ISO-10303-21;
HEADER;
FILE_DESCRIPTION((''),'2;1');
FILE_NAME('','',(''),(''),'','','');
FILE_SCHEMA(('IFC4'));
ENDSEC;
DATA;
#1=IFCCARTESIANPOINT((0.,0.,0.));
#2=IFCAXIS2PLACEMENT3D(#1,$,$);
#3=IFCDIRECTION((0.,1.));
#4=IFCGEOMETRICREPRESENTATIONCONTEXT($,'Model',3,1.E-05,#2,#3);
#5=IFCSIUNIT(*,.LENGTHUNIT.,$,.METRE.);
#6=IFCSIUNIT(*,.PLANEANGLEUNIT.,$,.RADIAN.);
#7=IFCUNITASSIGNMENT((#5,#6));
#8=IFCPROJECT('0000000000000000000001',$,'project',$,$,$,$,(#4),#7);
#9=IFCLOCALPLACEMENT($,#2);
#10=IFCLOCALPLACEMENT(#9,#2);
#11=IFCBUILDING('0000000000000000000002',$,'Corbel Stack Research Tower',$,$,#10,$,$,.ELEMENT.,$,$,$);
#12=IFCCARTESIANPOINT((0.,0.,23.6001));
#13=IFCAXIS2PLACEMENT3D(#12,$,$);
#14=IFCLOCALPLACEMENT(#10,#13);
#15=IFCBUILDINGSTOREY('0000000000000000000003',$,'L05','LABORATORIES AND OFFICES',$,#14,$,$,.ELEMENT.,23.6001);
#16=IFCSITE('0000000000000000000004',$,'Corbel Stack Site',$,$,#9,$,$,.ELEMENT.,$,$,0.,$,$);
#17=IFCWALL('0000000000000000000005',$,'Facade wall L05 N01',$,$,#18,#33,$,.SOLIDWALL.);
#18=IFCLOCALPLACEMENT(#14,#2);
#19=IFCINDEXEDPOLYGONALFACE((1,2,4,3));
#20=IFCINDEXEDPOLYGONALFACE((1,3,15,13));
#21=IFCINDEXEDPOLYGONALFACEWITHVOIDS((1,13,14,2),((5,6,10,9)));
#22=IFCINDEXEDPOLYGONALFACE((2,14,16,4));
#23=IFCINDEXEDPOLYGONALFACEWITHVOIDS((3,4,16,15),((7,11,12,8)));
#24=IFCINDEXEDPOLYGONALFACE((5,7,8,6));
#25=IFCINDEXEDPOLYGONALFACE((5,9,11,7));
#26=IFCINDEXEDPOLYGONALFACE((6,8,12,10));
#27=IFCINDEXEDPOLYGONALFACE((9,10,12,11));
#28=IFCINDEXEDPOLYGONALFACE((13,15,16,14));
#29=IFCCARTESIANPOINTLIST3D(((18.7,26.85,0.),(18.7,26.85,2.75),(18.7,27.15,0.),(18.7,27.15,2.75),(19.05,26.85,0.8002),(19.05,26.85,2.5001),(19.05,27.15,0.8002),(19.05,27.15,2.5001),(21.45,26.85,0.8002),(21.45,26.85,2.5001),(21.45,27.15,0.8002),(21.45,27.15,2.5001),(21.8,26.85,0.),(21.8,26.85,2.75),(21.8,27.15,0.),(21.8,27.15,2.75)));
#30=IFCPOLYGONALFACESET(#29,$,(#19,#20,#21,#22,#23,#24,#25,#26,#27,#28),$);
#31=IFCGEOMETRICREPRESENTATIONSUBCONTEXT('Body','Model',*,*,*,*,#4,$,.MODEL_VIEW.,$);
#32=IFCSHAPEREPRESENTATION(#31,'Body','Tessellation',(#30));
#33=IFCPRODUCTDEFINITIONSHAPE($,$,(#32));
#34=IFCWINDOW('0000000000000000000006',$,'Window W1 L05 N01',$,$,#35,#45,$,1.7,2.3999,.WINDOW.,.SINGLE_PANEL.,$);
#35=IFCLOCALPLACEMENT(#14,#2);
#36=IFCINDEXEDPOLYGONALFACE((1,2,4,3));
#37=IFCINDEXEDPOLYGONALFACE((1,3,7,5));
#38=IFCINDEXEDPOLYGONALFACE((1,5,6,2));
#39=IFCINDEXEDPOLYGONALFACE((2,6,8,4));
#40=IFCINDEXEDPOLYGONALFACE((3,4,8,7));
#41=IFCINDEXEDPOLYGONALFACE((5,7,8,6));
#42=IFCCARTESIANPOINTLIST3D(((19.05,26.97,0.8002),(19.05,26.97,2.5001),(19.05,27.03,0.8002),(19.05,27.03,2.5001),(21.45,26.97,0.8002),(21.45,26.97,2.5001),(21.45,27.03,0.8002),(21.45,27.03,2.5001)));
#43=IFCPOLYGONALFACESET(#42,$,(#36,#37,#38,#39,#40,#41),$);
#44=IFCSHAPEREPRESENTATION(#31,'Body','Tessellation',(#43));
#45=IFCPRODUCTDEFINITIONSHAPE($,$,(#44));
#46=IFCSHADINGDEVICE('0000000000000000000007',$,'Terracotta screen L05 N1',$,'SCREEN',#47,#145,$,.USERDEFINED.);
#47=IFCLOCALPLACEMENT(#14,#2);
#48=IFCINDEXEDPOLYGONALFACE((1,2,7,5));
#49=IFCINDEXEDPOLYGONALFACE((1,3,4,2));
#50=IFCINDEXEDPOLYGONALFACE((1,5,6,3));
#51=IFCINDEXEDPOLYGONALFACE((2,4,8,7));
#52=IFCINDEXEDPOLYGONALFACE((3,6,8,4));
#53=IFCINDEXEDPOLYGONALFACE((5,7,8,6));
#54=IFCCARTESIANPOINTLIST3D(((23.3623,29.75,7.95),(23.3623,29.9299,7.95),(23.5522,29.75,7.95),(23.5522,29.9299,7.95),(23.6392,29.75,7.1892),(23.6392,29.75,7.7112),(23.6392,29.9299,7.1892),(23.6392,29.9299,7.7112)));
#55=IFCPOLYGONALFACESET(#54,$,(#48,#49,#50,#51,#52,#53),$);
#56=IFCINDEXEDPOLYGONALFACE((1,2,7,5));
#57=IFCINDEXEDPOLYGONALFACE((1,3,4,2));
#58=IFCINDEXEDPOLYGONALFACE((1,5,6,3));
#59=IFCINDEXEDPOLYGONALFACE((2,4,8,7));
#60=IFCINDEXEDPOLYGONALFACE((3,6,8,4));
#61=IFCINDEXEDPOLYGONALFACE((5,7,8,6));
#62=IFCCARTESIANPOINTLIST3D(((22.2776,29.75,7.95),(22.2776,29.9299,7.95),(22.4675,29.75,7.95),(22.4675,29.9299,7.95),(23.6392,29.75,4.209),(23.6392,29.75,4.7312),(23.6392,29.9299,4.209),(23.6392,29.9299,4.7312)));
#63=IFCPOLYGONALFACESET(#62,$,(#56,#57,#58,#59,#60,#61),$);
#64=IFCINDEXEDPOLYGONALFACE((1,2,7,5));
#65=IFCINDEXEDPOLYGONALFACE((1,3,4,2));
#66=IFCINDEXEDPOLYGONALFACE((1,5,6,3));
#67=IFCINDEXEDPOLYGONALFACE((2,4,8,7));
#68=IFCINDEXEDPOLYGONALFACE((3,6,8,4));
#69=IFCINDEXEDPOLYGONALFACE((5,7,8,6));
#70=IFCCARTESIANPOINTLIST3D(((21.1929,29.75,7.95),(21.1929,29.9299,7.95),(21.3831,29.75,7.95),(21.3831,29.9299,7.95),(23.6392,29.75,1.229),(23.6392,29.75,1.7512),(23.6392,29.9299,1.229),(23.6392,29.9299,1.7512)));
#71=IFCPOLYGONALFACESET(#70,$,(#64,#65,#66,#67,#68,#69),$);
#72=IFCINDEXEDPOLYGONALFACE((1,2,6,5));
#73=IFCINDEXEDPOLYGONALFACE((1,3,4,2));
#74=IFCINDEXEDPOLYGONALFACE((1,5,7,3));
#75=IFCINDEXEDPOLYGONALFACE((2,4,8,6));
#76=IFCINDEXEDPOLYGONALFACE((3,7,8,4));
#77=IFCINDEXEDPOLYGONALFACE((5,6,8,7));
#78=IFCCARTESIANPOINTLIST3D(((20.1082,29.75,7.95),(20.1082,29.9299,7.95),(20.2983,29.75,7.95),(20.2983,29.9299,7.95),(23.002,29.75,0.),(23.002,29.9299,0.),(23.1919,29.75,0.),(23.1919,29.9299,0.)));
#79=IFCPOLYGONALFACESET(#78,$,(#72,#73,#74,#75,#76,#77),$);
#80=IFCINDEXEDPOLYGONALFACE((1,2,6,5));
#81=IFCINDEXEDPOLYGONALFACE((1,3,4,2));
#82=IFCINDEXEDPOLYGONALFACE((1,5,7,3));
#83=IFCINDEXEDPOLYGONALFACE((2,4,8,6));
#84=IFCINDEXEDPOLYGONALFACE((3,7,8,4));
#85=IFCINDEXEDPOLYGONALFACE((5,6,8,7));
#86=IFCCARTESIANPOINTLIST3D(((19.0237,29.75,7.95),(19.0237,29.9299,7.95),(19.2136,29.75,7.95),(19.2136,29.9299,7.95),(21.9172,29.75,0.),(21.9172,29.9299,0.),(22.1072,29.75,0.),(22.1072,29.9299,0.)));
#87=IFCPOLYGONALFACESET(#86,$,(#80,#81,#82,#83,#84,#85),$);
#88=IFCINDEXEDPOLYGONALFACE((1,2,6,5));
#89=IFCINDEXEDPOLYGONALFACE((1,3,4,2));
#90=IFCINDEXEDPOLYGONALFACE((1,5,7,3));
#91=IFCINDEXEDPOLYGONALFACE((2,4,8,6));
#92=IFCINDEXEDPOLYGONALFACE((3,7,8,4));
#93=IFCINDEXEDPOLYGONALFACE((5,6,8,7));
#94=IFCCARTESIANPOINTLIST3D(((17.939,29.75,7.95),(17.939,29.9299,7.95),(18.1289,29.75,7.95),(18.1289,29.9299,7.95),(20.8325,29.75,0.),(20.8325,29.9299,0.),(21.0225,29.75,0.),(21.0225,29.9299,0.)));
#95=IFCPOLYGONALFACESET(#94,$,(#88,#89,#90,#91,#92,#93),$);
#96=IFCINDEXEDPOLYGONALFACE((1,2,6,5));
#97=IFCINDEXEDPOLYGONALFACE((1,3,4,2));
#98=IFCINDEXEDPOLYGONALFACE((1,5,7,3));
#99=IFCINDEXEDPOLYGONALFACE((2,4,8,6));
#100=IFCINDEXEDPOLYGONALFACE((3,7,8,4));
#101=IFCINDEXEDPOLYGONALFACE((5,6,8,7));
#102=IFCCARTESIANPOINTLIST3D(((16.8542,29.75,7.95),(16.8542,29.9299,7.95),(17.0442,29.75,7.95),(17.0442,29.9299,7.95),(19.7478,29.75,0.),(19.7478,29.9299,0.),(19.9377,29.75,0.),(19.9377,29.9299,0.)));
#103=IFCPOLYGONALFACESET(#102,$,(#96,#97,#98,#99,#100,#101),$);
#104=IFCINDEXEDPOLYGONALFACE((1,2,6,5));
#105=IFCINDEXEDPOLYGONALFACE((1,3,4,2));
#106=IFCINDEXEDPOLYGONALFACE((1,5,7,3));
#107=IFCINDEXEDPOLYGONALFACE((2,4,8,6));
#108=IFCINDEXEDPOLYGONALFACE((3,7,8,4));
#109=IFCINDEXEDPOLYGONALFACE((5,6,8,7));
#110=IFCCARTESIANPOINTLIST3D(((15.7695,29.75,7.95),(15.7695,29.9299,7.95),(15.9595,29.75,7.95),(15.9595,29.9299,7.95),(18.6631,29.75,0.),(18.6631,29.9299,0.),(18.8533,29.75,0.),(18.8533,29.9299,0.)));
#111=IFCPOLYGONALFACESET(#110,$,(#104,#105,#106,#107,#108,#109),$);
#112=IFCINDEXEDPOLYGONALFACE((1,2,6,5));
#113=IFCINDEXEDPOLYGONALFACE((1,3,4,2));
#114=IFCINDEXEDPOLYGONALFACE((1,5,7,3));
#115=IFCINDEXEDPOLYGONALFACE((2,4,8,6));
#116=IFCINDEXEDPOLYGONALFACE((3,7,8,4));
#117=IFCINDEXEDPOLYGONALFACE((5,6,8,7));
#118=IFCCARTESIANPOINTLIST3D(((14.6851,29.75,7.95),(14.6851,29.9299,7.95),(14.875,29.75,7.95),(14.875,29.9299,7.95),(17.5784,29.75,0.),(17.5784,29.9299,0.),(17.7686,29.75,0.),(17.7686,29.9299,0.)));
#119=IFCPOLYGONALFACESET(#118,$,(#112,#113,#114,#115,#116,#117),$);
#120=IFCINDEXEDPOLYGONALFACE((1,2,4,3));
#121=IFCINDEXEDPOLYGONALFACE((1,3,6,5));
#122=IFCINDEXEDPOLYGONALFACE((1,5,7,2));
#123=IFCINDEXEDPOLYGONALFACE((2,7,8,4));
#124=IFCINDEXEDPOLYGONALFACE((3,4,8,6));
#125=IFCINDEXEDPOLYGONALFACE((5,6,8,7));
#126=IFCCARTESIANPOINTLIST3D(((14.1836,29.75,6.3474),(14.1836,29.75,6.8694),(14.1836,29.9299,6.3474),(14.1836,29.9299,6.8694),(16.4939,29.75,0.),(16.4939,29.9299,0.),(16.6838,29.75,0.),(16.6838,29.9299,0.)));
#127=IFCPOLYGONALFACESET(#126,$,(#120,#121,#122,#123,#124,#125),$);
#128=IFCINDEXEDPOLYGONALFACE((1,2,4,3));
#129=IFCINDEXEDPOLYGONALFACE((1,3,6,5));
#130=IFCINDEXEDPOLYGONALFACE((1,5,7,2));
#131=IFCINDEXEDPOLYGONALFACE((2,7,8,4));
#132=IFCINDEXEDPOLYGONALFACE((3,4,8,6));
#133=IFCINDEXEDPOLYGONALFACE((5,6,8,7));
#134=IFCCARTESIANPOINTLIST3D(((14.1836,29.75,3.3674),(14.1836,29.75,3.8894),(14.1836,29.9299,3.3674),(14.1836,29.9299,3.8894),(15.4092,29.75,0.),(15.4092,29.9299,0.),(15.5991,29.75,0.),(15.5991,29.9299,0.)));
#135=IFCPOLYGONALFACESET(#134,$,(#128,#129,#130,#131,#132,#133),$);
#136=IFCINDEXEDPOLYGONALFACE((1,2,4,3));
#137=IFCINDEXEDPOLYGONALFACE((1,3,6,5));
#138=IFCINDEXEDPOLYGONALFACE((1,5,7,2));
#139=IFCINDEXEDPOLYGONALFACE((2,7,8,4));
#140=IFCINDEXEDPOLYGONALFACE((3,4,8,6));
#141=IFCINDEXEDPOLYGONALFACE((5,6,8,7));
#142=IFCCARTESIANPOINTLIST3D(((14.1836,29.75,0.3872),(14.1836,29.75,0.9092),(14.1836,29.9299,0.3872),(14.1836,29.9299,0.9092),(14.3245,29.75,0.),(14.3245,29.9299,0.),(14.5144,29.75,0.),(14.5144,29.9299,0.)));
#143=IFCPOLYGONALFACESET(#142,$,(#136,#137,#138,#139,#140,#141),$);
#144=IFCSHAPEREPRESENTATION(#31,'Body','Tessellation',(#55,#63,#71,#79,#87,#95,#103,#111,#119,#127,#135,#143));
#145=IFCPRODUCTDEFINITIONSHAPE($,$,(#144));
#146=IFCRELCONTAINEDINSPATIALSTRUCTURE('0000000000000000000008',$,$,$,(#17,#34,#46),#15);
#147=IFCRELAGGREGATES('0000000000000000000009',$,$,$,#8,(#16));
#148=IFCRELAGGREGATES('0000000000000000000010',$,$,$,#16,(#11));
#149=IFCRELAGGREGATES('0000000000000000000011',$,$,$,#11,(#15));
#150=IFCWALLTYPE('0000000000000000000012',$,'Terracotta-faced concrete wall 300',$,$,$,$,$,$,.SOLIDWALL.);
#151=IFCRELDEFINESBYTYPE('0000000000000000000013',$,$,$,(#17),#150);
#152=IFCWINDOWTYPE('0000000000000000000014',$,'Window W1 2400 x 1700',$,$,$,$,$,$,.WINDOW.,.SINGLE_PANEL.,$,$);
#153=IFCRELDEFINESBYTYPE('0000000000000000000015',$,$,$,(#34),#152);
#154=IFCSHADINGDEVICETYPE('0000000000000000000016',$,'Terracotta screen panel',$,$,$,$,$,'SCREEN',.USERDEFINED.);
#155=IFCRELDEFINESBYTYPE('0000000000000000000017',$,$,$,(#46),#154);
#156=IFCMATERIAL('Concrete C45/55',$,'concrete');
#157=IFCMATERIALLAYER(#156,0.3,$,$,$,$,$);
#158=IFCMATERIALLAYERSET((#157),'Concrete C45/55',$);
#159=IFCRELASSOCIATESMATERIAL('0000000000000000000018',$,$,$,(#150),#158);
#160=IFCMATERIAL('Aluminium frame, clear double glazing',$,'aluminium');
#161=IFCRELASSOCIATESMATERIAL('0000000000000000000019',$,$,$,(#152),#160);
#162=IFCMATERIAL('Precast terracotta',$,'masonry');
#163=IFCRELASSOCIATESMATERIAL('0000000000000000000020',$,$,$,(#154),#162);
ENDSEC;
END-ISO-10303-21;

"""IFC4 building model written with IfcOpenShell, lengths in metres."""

from ifc_helpers import new_model, si_unit, direction, frame, frame_2d, origin, place, context, subcontext, project, spatial, polyline, rectangle, outline, extrude, source, transform, mapped, material, layer, layer_set, type_object, element, fill, save


model = new_model("IFC4")

# Units and contexts
model_context = context("Model", 3, precision=1e-05, world=origin(), true_north=direction((0.0, 1.0)))
body_context = subcontext(model_context, "Body", "Model", "MODEL_VIEW")
ifc_project = project(units=[si_unit("LENGTHUNIT", "METRE"), si_unit("PLANEANGLEUNIT", "RADIAN")], contexts=[model_context])

# Site, building, storey
site_placement = place(None, origin())
site = spatial("IfcSite", under=ifc_project, at=site_placement, Name="Corbel Stack Site", CompositionType="ELEMENT", RefElevation=0.0)
building_placement = place(site_placement, origin())
building = spatial("IfcBuilding", under=site, at=building_placement, Name="Corbel Stack Research Tower", CompositionType="ELEMENT")
storey_placement = place(building_placement, frame((0.0, 0.0, 23.6001)))
storey = spatial("IfcBuildingStorey", under=building, at=storey_placement, Name="L05", Description="LABORATORIES AND OFFICES", CompositionType="ELEMENT", Elevation=23.6001)

# Shared definitions
ifc_material_1 = material(Name="Concrete C45/55", Category="concrete")
ifc_layer_1 = layer(ifc_material_1, 0.3)
ifc_layer_set_1 = layer_set([ifc_layer_1], Name="Concrete C45/55")
wall_type_1 = type_object("IfcWallType", Name="Terracotta-faced concrete wall 300", PredefinedType="SOLIDWALL", material=ifc_layer_set_1)
ifc_material_2 = material(Name="Aluminium frame, clear double glazing", Category="aluminium")
window_type = type_object("IfcWindowType", Name="Window W1 2400 x 1700", PartitioningType="SINGLE_PANEL", PredefinedType="WINDOW", material=ifc_material_2)

# Wall, opening, window
wall_1_placement = place(storey_placement, frame((18.7, 27.0, 0.0), z_axis=(0.0, 0.0, 1.0), x_axis=(1.0, 0.0, 0.0)))
wall_1 = element("IfcWall", 1, at=wall_1_placement, inside=storey, type_object=wall_type_1, Name="Facade wall L05 N01", PredefinedType="SOLIDWALL", context=body_context, shape_type="SweptSolid", body=[
    extrude(rectangle(XDim=3.1001, YDim=0.3, at=frame_2d((1.55, 0.0))), origin(), (0.0, 0.0, 1.0), 2.75),
])
opening_1_placement = place(wall_1_placement, frame((0.3501, 0.0, 0.8)))
opening_1 = element("IfcOpeningElement", 2, at=opening_1_placement, cuts=wall_1, PredefinedType="OPENING", context=body_context, shape_type="SweptSolid", body=[
    extrude(rectangle(XDim=2.3999, YDim=1.7, at=frame_2d((1.2, 0.8501))), frame((0.0, 0.1599, 0.0), z_axis=(0.0, -1.0, 0.0), x_axis=(1.0, 0.0, 0.0)), (0.0, 0.0, 1.0), 0.3201),
])
window_1_placement = place(opening_1_placement, origin())
window_1 = element("IfcWindow", 3, at=window_1_placement, inside=storey, type_object=window_type, Name="Window W1 L05 N01", OverallHeight=1.7, OverallWidth=2.3999, PartitioningType="SINGLE_PANEL", PredefinedType="WINDOW", context=body_context, shape_type="SweptSolid", body=[
    extrude(rectangle(XDim=2.3999, YDim=1.7, at=frame_2d((1.2, 0.8501))), frame((0.0, 0.03, 0.0), z_axis=(0.0, -1.0, 0.0), x_axis=(1.0, 0.0, 0.0)), (0.0, 0.0, 1.0), 0.0601),
])
fill(opening_1, window_1)

# Shading device
ifc_material_3 = material(Name="Precast terracotta", Category="masonry")
shading_device_type = type_object("IfcShadingDeviceType", Name="Terracotta screen panel", ElementType="SCREEN", PredefinedType="USERDEFINED", material=ifc_material_3)
shared_shape_1 = source(origin(), body_context, "Body", "SweptSolid", [
    extrude(outline(polyline([(0.2769, 7.95), (0.0869, 7.95), (0.0, 7.7112), (0.0, 7.1892), (0.2769, 7.95)])), frame((0.0, 0.0, 0.0), z_axis=(0.0, -1.0, 0.0), x_axis=(1.0, 0.0, 0.0)), (0.0, 0.0, 1.0), 0.1799),
    extrude(outline(polyline([(1.3616, 7.95), (1.1716, 7.95), (0.0, 4.7312), (0.0, 4.209), (1.3616, 7.95)])), frame((0.0, 0.0, 0.0), z_axis=(0.0, -1.0, 0.0), x_axis=(1.0, 0.0, 0.0)), (0.0, 0.0, 1.0), 0.1799),
    extrude(outline(polyline([(2.4463, 7.95), (2.2561, 7.95), (0.0, 1.7512), (0.0, 1.229), (2.4463, 7.95)])), frame((0.0, 0.0, 0.0), z_axis=(0.0, -1.0, 0.0), x_axis=(1.0, 0.0, 0.0)), (0.0, 0.0, 1.0), 0.1799),
    extrude(outline(polyline([(0.6372, 0.0), (3.531, 7.95), (3.3408, 7.95), (0.4473, 0.0), (0.6372, 0.0)])), frame((0.0, 0.0, 0.0), z_axis=(0.0, -1.0, 0.0), x_axis=(1.0, 0.0, 0.0)), (0.0, 0.0, 1.0), 0.1799),
    extrude(outline(polyline([(1.7219, 0.0), (4.6155, 7.95), (4.4255, 7.95), (1.532, 0.0), (1.7219, 0.0)])), frame((0.0, 0.0, 0.0), z_axis=(0.0, -1.0, 0.0), x_axis=(1.0, 0.0, 0.0)), (0.0, 0.0, 1.0), 0.1799),
    extrude(outline(polyline([(2.8066, 0.0), (5.7002, 7.95), (5.5103, 7.95), (2.6167, 0.0), (2.8066, 0.0)])), frame((0.0, 0.0, 0.0), z_axis=(0.0, -1.0, 0.0), x_axis=(1.0, 0.0, 0.0)), (0.0, 0.0, 1.0), 0.1799),
    extrude(outline(polyline([(3.8914, 0.0), (6.7849, 7.95), (6.595, 7.95), (3.7014, 0.0), (3.8914, 0.0)])), frame((0.0, 0.0, 0.0), z_axis=(0.0, -1.0, 0.0), x_axis=(1.0, 0.0, 0.0)), (0.0, 0.0, 1.0), 0.1799),
    extrude(outline(polyline([(4.9761, 0.0), (7.8696, 7.95), (7.6797, 7.95), (4.7859, 0.0), (4.9761, 0.0)])), frame((0.0, 0.0, 0.0), z_axis=(0.0, -1.0, 0.0), x_axis=(1.0, 0.0, 0.0)), (0.0, 0.0, 1.0), 0.1799),
    extrude(outline(polyline([(6.0608, 0.0), (8.9541, 7.95), (8.7642, 7.95), (5.8706, 0.0), (6.0608, 0.0)])), frame((0.0, 0.0, 0.0), z_axis=(0.0, -1.0, 0.0), x_axis=(1.0, 0.0, 0.0)), (0.0, 0.0, 1.0), 0.1799),
    extrude(outline(polyline([(7.1453, 0.0), (9.4556, 6.3474), (9.4556, 6.8694), (6.9553, 0.0), (7.1453, 0.0)])), frame((0.0, 0.0, 0.0), z_axis=(0.0, -1.0, 0.0), x_axis=(1.0, 0.0, 0.0)), (0.0, 0.0, 1.0), 0.1799),
    extrude(outline(polyline([(8.23, 0.0), (9.4556, 3.3674), (9.4556, 3.8894), (8.04, 0.0), (8.23, 0.0)])), frame((0.0, 0.0, 0.0), z_axis=(0.0, -1.0, 0.0), x_axis=(1.0, 0.0, 0.0)), (0.0, 0.0, 1.0), 0.1799),
    extrude(outline(polyline([(9.3147, 0.0), (9.4556, 0.3872), (9.4556, 0.9092), (9.1248, 0.0), (9.3147, 0.0)])), frame((0.0, 0.0, 0.0), z_axis=(0.0, -1.0, 0.0), x_axis=(1.0, 0.0, 0.0)), (0.0, 0.0, 1.0), 0.1799),
])
shading_device_1_placement = place(storey_placement, frame((23.6392, 29.75, 0.0), z_axis=(0.0, 0.0, 1.0), x_axis=(-1.0, 0.0, 0.0)))
element("IfcShadingDevice", 4, at=shading_device_1_placement, inside=storey, type_object=shading_device_type, Name="Terracotta screen L05 N1", ObjectType="SCREEN", PredefinedType="USERDEFINED", context=body_context, shape_type="MappedRepresentation", body=[
    mapped(shared_shape_1, transform((0.0, 0.0, 0.0))),
])

save(model, "model.ifc")
